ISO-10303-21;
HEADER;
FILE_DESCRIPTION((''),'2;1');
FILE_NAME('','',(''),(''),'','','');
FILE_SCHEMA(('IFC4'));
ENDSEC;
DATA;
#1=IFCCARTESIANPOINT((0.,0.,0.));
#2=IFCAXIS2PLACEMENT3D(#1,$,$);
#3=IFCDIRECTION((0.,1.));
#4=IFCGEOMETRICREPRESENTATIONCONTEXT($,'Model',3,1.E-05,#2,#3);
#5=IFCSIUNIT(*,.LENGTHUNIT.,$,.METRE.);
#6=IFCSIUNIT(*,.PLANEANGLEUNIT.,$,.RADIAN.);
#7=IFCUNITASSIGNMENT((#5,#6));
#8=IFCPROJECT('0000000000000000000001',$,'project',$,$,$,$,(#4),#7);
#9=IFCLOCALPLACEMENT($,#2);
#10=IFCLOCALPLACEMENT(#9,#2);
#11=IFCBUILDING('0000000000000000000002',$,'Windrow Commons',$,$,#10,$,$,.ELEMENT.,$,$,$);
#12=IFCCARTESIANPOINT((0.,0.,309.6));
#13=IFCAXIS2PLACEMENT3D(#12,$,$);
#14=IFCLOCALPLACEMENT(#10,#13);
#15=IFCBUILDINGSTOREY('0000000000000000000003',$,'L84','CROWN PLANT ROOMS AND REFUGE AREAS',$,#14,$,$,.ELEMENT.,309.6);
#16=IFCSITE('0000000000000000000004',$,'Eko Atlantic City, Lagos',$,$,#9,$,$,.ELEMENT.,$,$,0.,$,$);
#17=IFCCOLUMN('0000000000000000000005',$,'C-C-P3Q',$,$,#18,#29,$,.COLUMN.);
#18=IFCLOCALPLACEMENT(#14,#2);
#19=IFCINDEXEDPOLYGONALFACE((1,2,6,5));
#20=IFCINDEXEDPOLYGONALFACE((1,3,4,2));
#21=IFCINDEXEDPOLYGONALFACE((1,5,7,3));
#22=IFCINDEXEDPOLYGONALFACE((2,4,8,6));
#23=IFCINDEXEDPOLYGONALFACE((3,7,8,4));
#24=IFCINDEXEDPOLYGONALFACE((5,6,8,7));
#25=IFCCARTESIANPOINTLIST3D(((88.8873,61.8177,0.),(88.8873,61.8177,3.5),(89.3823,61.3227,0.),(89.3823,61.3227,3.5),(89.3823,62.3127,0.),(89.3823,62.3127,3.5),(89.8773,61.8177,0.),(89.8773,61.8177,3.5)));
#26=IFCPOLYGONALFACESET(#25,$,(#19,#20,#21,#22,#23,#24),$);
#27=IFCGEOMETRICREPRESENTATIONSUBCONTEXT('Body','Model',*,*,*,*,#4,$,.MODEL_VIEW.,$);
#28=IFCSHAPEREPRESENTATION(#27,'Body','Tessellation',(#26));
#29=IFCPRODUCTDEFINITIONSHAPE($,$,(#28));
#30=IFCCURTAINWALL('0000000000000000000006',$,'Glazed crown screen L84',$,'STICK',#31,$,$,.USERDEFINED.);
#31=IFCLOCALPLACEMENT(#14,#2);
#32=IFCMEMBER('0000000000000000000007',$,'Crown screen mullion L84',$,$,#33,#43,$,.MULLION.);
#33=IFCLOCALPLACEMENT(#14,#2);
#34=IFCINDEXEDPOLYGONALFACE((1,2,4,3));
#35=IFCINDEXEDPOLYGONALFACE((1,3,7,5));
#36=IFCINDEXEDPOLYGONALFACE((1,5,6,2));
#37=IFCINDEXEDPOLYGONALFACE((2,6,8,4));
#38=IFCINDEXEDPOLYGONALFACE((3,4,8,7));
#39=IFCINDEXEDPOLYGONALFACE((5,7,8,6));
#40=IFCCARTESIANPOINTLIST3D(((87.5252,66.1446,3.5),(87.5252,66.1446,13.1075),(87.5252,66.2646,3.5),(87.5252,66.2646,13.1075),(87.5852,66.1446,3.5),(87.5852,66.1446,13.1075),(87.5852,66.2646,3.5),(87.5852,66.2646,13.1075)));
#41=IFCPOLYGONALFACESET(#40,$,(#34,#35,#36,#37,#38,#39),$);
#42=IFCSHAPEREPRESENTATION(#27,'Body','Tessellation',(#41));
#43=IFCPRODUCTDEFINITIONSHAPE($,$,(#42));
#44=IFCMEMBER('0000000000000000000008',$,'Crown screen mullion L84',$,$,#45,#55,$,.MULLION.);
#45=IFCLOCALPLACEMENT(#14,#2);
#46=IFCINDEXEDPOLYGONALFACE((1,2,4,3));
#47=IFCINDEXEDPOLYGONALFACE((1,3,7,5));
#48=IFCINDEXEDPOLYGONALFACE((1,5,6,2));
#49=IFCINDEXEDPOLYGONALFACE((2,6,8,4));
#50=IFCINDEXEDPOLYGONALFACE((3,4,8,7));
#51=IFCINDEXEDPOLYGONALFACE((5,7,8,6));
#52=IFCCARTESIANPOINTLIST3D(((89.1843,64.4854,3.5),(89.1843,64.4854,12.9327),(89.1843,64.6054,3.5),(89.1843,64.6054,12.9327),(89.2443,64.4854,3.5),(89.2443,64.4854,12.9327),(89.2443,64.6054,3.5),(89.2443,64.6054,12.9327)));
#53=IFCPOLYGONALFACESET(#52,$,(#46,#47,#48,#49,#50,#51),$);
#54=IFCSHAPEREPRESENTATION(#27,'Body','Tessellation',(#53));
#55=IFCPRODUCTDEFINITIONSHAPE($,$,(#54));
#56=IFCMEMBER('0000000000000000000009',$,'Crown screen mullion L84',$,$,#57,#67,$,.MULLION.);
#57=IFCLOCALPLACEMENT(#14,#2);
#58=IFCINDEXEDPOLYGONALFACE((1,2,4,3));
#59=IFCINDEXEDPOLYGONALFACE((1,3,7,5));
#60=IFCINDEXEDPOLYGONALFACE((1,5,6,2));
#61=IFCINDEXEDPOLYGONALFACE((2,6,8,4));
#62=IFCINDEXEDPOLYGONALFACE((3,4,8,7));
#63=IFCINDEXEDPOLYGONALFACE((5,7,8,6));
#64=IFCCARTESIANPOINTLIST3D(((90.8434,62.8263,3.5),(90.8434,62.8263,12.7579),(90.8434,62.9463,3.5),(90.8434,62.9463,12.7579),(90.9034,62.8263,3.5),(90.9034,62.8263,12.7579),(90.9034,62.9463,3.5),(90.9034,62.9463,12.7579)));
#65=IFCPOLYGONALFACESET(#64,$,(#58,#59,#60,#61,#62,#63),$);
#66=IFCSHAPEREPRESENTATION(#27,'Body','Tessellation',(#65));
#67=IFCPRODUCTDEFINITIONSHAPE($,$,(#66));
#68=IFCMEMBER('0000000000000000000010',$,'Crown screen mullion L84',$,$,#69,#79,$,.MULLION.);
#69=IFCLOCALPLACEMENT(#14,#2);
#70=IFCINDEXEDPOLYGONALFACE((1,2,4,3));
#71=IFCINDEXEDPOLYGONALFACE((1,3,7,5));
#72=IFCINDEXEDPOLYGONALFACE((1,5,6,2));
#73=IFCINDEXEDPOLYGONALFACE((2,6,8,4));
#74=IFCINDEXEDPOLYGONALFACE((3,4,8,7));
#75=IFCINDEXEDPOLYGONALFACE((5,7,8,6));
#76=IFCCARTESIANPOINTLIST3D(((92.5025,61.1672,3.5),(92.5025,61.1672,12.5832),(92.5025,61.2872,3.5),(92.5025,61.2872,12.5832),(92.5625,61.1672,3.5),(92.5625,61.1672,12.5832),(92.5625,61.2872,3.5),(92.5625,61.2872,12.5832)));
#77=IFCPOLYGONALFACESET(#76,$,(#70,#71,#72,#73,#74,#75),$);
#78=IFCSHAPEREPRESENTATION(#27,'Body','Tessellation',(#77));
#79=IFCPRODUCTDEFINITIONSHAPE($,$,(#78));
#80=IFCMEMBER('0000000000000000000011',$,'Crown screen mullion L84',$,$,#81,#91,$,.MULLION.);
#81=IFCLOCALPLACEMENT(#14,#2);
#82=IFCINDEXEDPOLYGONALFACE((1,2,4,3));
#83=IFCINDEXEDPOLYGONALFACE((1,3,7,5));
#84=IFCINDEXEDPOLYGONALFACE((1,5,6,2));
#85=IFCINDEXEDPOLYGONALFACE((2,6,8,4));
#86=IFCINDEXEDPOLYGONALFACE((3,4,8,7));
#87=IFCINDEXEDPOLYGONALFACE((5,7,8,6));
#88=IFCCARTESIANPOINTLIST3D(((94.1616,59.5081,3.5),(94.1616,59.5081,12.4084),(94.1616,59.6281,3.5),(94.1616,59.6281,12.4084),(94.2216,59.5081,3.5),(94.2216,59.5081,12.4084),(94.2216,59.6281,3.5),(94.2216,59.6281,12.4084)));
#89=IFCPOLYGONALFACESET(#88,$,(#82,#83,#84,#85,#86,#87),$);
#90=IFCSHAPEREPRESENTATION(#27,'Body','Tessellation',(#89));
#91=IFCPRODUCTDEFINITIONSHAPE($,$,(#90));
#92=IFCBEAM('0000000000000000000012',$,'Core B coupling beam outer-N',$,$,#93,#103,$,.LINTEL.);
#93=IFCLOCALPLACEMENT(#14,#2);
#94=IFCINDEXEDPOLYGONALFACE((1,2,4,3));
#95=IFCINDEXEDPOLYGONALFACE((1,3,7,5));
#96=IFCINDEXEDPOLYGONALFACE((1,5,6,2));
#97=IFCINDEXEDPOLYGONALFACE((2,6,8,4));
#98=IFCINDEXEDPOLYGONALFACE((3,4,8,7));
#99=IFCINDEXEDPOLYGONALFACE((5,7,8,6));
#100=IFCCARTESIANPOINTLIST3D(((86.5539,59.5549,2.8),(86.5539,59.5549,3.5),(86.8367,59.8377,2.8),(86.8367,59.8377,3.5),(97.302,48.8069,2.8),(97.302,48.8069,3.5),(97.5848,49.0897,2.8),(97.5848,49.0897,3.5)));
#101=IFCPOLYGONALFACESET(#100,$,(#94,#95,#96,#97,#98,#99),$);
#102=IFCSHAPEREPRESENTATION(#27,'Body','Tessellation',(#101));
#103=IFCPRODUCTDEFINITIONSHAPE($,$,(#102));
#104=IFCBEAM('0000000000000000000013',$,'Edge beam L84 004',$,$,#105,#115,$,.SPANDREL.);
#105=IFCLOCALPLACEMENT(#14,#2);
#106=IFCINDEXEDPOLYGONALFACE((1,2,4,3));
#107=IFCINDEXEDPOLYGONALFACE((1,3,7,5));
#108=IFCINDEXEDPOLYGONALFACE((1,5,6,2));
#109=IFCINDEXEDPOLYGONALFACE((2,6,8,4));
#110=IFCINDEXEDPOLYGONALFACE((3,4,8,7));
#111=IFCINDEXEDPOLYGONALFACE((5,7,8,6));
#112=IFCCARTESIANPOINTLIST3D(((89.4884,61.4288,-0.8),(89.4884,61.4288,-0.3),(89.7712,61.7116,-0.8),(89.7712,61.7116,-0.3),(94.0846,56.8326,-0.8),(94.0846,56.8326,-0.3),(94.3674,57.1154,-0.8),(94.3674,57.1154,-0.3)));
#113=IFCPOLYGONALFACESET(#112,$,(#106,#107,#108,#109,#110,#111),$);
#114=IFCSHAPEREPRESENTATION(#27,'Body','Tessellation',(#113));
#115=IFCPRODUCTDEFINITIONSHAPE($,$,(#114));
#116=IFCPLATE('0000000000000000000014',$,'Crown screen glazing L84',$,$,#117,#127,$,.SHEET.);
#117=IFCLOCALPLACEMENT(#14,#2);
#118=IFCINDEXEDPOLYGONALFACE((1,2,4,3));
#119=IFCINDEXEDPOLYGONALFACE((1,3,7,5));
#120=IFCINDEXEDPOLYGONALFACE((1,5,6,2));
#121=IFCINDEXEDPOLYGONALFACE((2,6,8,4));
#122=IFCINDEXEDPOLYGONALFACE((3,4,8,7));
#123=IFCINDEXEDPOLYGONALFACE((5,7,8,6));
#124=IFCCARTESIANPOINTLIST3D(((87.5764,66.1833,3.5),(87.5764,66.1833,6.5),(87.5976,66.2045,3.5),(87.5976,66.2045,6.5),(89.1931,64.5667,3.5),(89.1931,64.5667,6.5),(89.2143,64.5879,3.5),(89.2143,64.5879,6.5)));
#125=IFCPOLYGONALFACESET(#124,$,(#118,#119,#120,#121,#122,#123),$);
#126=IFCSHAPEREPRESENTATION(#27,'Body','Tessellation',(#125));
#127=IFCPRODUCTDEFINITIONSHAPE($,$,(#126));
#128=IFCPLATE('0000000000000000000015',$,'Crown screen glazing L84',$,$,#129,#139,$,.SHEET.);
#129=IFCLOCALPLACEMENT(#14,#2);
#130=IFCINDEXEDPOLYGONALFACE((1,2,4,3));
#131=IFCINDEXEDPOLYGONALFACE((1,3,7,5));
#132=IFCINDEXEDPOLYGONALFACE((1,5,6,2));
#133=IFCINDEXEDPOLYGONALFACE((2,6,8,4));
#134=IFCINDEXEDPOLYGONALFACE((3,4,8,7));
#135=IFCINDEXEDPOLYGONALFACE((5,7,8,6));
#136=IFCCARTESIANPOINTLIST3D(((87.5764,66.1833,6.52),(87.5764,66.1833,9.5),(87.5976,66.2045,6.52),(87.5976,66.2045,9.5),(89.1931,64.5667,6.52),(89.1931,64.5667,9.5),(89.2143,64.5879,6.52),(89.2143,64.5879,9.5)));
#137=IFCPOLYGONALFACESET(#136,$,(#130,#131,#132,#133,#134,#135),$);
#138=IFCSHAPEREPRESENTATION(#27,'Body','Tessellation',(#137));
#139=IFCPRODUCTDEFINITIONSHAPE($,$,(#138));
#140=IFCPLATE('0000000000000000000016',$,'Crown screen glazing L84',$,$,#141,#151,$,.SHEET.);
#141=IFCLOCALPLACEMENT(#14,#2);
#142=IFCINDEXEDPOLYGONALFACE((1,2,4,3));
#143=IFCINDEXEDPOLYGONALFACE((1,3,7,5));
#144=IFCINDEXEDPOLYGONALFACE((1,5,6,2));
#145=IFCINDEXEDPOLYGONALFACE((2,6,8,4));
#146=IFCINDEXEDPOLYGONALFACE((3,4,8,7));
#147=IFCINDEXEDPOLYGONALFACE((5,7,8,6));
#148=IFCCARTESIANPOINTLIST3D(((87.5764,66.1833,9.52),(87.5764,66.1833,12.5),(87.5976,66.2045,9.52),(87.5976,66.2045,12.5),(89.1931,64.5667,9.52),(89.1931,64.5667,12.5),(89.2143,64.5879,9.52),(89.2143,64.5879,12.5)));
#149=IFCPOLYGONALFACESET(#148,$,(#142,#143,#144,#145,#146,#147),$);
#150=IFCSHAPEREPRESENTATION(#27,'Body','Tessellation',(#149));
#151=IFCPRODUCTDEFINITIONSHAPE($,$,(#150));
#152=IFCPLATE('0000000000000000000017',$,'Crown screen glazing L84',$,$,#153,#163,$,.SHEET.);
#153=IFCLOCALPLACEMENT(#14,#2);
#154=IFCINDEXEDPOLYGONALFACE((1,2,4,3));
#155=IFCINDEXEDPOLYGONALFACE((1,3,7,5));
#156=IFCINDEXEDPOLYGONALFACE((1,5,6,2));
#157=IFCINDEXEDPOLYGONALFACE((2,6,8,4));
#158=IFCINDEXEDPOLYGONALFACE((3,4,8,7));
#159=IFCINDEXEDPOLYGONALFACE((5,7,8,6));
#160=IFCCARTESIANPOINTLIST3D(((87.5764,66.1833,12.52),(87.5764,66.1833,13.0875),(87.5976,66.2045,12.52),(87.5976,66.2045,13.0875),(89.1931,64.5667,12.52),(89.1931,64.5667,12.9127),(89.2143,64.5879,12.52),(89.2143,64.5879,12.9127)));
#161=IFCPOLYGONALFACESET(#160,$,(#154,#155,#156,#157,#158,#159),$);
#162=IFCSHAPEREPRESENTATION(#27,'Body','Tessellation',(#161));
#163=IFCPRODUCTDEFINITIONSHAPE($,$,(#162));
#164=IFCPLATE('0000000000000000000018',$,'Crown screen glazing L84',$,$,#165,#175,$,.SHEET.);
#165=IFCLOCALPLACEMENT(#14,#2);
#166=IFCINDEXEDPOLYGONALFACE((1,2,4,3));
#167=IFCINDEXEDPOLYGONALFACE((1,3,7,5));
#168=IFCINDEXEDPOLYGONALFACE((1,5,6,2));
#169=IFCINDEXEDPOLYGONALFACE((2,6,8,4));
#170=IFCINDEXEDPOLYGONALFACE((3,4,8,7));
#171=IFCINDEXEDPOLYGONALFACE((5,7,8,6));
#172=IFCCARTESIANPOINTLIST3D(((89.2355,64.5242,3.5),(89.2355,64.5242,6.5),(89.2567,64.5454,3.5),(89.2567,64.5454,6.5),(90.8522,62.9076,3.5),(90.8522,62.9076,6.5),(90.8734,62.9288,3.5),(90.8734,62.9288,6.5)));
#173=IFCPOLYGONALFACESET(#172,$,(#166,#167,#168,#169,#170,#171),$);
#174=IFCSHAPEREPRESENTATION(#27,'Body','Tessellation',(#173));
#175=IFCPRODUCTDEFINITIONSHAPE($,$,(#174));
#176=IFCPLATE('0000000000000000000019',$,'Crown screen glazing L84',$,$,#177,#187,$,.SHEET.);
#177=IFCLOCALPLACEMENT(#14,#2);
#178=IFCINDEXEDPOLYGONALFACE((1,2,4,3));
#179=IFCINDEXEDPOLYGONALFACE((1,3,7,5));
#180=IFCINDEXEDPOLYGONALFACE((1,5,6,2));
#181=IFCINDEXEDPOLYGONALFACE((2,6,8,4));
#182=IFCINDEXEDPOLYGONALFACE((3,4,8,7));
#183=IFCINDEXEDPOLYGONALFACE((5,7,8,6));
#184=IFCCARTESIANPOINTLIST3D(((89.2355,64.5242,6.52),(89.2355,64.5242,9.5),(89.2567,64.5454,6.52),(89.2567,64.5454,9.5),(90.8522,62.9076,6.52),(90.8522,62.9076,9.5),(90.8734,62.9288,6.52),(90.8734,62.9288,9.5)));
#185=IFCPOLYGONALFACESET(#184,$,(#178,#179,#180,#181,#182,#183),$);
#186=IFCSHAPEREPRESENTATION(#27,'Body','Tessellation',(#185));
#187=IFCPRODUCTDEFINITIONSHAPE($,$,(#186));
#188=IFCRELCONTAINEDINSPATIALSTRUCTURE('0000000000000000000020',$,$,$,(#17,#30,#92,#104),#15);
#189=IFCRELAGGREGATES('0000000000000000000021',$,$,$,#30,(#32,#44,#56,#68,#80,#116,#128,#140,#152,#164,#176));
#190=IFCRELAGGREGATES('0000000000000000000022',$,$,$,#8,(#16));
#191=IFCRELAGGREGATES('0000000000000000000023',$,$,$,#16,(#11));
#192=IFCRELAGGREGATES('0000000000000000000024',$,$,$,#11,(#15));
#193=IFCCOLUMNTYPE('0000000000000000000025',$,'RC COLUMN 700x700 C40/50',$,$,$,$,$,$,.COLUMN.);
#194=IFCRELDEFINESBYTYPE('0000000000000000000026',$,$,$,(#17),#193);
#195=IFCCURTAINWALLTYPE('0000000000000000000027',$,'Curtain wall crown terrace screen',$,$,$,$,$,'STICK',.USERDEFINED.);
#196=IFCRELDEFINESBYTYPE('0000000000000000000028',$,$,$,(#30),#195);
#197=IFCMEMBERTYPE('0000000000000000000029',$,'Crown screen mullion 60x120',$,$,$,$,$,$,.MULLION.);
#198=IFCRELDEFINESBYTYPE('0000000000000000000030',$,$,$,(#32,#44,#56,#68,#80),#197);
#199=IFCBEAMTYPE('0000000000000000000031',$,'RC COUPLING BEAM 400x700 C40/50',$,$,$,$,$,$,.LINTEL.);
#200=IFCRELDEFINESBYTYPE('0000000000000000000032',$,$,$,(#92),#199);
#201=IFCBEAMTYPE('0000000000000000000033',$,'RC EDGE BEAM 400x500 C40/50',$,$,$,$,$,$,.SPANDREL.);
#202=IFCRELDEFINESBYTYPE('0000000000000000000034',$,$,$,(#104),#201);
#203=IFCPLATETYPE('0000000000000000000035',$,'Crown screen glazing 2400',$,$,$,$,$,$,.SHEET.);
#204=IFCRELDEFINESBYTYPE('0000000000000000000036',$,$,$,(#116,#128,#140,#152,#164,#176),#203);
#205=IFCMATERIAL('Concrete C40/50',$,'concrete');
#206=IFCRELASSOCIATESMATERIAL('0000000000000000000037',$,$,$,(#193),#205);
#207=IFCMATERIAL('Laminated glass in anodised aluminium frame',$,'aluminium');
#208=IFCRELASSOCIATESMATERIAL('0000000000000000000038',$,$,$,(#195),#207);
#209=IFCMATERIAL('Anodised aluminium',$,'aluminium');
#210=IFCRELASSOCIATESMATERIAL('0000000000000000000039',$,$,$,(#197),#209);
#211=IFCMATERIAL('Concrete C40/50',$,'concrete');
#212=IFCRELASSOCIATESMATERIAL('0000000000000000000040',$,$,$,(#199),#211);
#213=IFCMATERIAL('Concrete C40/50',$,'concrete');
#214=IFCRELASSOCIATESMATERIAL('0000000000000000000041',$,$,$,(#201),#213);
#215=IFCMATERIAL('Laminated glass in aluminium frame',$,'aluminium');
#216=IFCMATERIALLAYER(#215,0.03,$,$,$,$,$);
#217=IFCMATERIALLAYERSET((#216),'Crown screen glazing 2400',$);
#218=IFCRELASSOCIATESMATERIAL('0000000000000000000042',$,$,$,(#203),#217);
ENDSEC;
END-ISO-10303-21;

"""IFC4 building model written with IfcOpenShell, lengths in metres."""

from ifc_helpers import new_model, si_unit, direction, frame, origin, origin_2d, place, context, subcontext, project, spatial, polyline, rectangle, outline, extrude, material, layer, layer_set, material_profile, profile_set, type_object, element, aggregate, save


model = new_model("IFC4")

# Units and contexts
model_context = context("Model", 3, precision=1e-05, world=origin(), true_north=direction((0.0, 1.0)))
body_context = subcontext(model_context, "Body", "Model", "MODEL_VIEW")
ifc_project = project(units=[si_unit("LENGTHUNIT", "METRE"), si_unit("PLANEANGLEUNIT", "RADIAN")], contexts=[model_context])

# Site, building, storey
site_placement = place(None, origin())
site = spatial("IfcSite", under=ifc_project, at=site_placement, Name="Eko Atlantic City, Lagos", CompositionType="ELEMENT", RefElevation=0.0)
building_placement = place(site_placement, origin())
building = spatial("IfcBuilding", under=site, at=building_placement, Name="Windrow Commons", CompositionType="ELEMENT")
storey_placement = place(building_placement, frame((0.0, 0.0, 309.6)))
storey = spatial("IfcBuildingStorey", under=building, at=storey_placement, Name="L84", Description="CROWN PLANT ROOMS AND REFUGE AREAS", CompositionType="ELEMENT", Elevation=309.6)

# Column
ifc_material_1 = material(Name="Concrete C40/50", Category="concrete")
ifc_material_profile_1 = material_profile(ifc_material_1, rectangle(XDim=0.7, YDim=0.7, at=origin_2d()))
ifc_profile_set_1 = profile_set([ifc_material_profile_1], Name="Concrete C40/50")
column_type = type_object("IfcColumnType", Name="RC COLUMN 700x700 C40/50", PredefinedType="COLUMN", material=ifc_profile_set_1)
column_placement = place(storey_placement, frame((89.3823, 61.8177, 0.0), z_axis=(0.0, 0.0, 1.0), x_axis=(0.707107, -0.707107, 0.0)))
element("IfcColumn", 1, at=column_placement, inside=storey, type_object=column_type, Name="C-C-P3Q", PredefinedType="COLUMN", context=body_context, shape_type="SweptSolid", body=[
    extrude(rectangle(XDim=0.7, YDim=0.7, at=origin_2d()), origin(), (0.0, 0.0, 1.0), 3.5),
])

# Curtain wall, members
ifc_material_2 = material(Name="Laminated glass in anodised aluminium frame", Category="aluminium")
curtain_wall_type = type_object("IfcCurtainWallType", Name="Curtain wall crown terrace screen", ElementType="STICK", PredefinedType="USERDEFINED", material=ifc_material_2)
curtain_wall_placement = place(storey_placement, origin())
curtain_wall = element("IfcCurtainWall", 2, at=curtain_wall_placement, inside=storey, type_object=curtain_wall_type, Name="Glazed crown screen L84", ObjectType="STICK", PredefinedType="USERDEFINED")
ifc_material_3 = material(Name="Anodised aluminium", Category="aluminium")
ifc_material_profile_2 = material_profile(ifc_material_3, rectangle(XDim=0.06, YDim=0.12, at=origin_2d()))
ifc_profile_set_2 = profile_set([ifc_material_profile_2], Name="Anodised aluminium")
member_type = type_object("IfcMemberType", Name="Crown screen mullion 60x120", PredefinedType="MULLION", material=ifc_profile_set_2)
member_1_placement = place(storey_placement, frame((87.5552, 66.2046, 3.5), z_axis=(0.0, 0.0, 1.0), x_axis=(1.0, 0.0, 0.0)))
member_1 = element("IfcMember", 3, at=member_1_placement, type_object=member_type, Name="Crown screen mullion L84", PredefinedType="MULLION", context=body_context, shape_type="SweptSolid", body=[
    extrude(rectangle(XDim=0.06, YDim=0.12, at=origin_2d()), origin(), (0.0, 0.0, 1.0), 9.6075),
])
member_2_placement = place(storey_placement, frame((89.2143, 64.5454, 3.5), z_axis=(0.0, 0.0, 1.0), x_axis=(1.0, 0.0, 0.0)))
member_2 = element("IfcMember", 4, at=member_2_placement, type_object=member_type, Name="Crown screen mullion L84", PredefinedType="MULLION", context=body_context, shape_type="SweptSolid", body=[
    extrude(rectangle(XDim=0.06, YDim=0.12, at=origin_2d()), origin(), (0.0, 0.0, 1.0), 9.4327),
])
member_3_placement = place(storey_placement, frame((90.8734, 62.8863, 3.5), z_axis=(0.0, 0.0, 1.0), x_axis=(1.0, 0.0, 0.0)))
member_3 = element("IfcMember", 5, at=member_3_placement, type_object=member_type, Name="Crown screen mullion L84", PredefinedType="MULLION", context=body_context, shape_type="SweptSolid", body=[
    extrude(rectangle(XDim=0.06, YDim=0.12, at=origin_2d()), origin(), (0.0, 0.0, 1.0), 9.2579),
])
member_4_placement = place(storey_placement, frame((92.5325, 61.2272, 3.5), z_axis=(0.0, 0.0, 1.0), x_axis=(1.0, 0.0, 0.0)))
member_4 = element("IfcMember", 6, at=member_4_placement, type_object=member_type, Name="Crown screen mullion L84", PredefinedType="MULLION", context=body_context, shape_type="SweptSolid", body=[
    extrude(rectangle(XDim=0.06, YDim=0.12, at=origin_2d()), origin(), (0.0, 0.0, 1.0), 9.0832),
])
member_5_placement = place(storey_placement, frame((94.1916, 59.5681, 3.5), z_axis=(0.0, 0.0, 1.0), x_axis=(1.0, 0.0, 0.0)))
member_5 = element("IfcMember", 7, at=member_5_placement, type_object=member_type, Name="Crown screen mullion L84", PredefinedType="MULLION", context=body_context, shape_type="SweptSolid", body=[
    extrude(rectangle(XDim=0.06, YDim=0.12, at=origin_2d()), origin(), (0.0, 0.0, 1.0), 8.9084),
])

# Beams
ifc_material_4 = material(Name="Concrete C40/50", Category="concrete")
ifc_material_profile_3 = material_profile(ifc_material_4, rectangle(XDim=0.4, YDim=0.7, at=origin_2d()))
ifc_profile_set_3 = profile_set([ifc_material_profile_3], Name="Concrete C40/50")
beam_type_1 = type_object("IfcBeamType", Name="RC COUPLING BEAM 400x700 C40/50", PredefinedType="LINTEL", material=ifc_profile_set_3)
beam_1_placement = place(storey_placement, frame((86.6953, 59.6963, 3.15), z_axis=(0.70711, -0.707103, 0.0), x_axis=(0.707103, 0.70711, 0.0)))
element("IfcBeam", 8, at=beam_1_placement, inside=storey, type_object=beam_type_1, Name="Core B coupling beam outer-N", PredefinedType="LINTEL", context=body_context, shape_type="SweptSolid", body=[
    extrude(rectangle(XDim=0.4, YDim=0.7, at=origin_2d()), origin(), (0.0, 0.0, 1.0), 15.2),
])
ifc_material_5 = material(Name="Concrete C40/50", Category="concrete")
ifc_material_profile_4 = material_profile(ifc_material_5, rectangle(XDim=0.4, YDim=0.5, at=origin_2d()))
ifc_profile_set_4 = profile_set([ifc_material_profile_4], Name="Concrete C40/50")
beam_type_2 = type_object("IfcBeamType", Name="RC EDGE BEAM 400x500 C40/50", PredefinedType="SPANDREL", material=ifc_profile_set_4)
beam_2_placement = place(storey_placement, frame((89.6298, 61.5702, -0.55), z_axis=(0.707107, -0.707107, 0.0), x_axis=(0.707107, 0.707107, 0.0)))
element("IfcBeam", 9, at=beam_2_placement, inside=storey, type_object=beam_type_2, Name="Edge beam L84 004", PredefinedType="SPANDREL", context=body_context, shape_type="SweptSolid", body=[
    extrude(rectangle(XDim=0.4, YDim=0.5, at=origin_2d()), origin(), (0.0, 0.0, 1.0), 6.5),
])

# Plates
ifc_material_6 = material(Name="Laminated glass in aluminium frame", Category="aluminium")
ifc_layer_1 = layer(ifc_material_6, 0.03)
ifc_layer_set_1 = layer_set([ifc_layer_1], Name="Crown screen glazing 2400")
plate_type = type_object("IfcPlateType", Name="Crown screen glazing 2400", PredefinedType="SHEET", material=ifc_layer_set_1)
plate_1_placement = place(storey_placement, frame((87.5764, 66.1833, 3.5), z_axis=(-0.707085, -0.707129, 0.0), x_axis=(0.707129, -0.707085, 0.0)))
plate_1 = element("IfcPlate", 10, at=plate_1_placement, type_object=plate_type, Name="Crown screen glazing L84", PredefinedType="SHEET", context=body_context, shape_type="SweptSolid", body=[
    extrude(outline(polyline([(0.0, 0.0), (2.2863, 0.0), (2.2863, 3.0), (0.0, 3.0), (0.0, 0.0)])), origin(), (0.0, 0.0, -1.0), 0.03),
])
plate_2_placement = place(storey_placement, frame((87.5764, 66.1833, 6.52), z_axis=(-0.707085, -0.707129, 0.0), x_axis=(0.707129, -0.707085, 0.0)))
plate_2 = element("IfcPlate", 11, at=plate_2_placement, type_object=plate_type, Name="Crown screen glazing L84", PredefinedType="SHEET", context=body_context, shape_type="SweptSolid", body=[
    extrude(outline(polyline([(0.0, 0.0), (2.2863, 0.0), (2.2863, 2.98), (0.0, 2.98), (0.0, 0.0)])), origin(), (0.0, 0.0, -1.0), 0.03),
])
plate_3_placement = place(storey_placement, frame((87.5764, 66.1833, 9.52), z_axis=(-0.707085, -0.707129, 0.0), x_axis=(0.707129, -0.707085, 0.0)))
plate_3 = element("IfcPlate", 12, at=plate_3_placement, type_object=plate_type, Name="Crown screen glazing L84", PredefinedType="SHEET", context=body_context, shape_type="SweptSolid", body=[
    extrude(outline(polyline([(0.0, 0.0), (2.2863, 0.0), (2.2863, 2.98), (0.0, 2.98), (0.0, 0.0)])), origin(), (0.0, 0.0, -1.0), 0.03),
])
plate_4_placement = place(storey_placement, frame((87.5764, 66.1833, 12.52), z_axis=(-0.707085, -0.707129, 0.0), x_axis=(0.707129, -0.707085, 0.0)))
plate_4 = element("IfcPlate", 13, at=plate_4_placement, type_object=plate_type, Name="Crown screen glazing L84", PredefinedType="SHEET", context=body_context, shape_type="SweptSolid", body=[
    extrude(outline(polyline([(0.0, 0.0), (2.2863, 0.0), (2.2863, 0.3927), (0.0, 0.5675), (0.0, 0.0)])), origin(), (0.0, 0.0, -1.0), 0.03),
])
plate_5_placement = place(storey_placement, frame((89.2355, 64.5242, 3.5), z_axis=(-0.707085, -0.707129, 0.0), x_axis=(0.707129, -0.707085, 0.0)))
plate_5 = element("IfcPlate", 14, at=plate_5_placement, type_object=plate_type, Name="Crown screen glazing L84", PredefinedType="SHEET", context=body_context, shape_type="SweptSolid", body=[
    extrude(outline(polyline([(0.0, 0.0), (2.2863, 0.0), (2.2863, 3.0), (0.0, 3.0), (0.0, 0.0)])), origin(), (0.0, 0.0, -1.0), 0.03),
])
plate_6_placement = place(storey_placement, frame((89.2355, 64.5242, 6.52), z_axis=(-0.707085, -0.707129, 0.0), x_axis=(0.707129, -0.707085, 0.0)))
plate_6 = element("IfcPlate", 15, at=plate_6_placement, type_object=plate_type, Name="Crown screen glazing L84", PredefinedType="SHEET", context=body_context, shape_type="SweptSolid", body=[
    extrude(outline(polyline([(0.0, 0.0), (2.2863, 0.0), (2.2863, 2.98), (0.0, 2.98), (0.0, 0.0)])), origin(), (0.0, 0.0, -1.0), 0.03),
])
aggregate(curtain_wall, [member_1, member_2, member_3, member_4, member_5, plate_1, plate_2, plate_3, plate_4, plate_5, plate_6])

save(model, "model.ifc")
